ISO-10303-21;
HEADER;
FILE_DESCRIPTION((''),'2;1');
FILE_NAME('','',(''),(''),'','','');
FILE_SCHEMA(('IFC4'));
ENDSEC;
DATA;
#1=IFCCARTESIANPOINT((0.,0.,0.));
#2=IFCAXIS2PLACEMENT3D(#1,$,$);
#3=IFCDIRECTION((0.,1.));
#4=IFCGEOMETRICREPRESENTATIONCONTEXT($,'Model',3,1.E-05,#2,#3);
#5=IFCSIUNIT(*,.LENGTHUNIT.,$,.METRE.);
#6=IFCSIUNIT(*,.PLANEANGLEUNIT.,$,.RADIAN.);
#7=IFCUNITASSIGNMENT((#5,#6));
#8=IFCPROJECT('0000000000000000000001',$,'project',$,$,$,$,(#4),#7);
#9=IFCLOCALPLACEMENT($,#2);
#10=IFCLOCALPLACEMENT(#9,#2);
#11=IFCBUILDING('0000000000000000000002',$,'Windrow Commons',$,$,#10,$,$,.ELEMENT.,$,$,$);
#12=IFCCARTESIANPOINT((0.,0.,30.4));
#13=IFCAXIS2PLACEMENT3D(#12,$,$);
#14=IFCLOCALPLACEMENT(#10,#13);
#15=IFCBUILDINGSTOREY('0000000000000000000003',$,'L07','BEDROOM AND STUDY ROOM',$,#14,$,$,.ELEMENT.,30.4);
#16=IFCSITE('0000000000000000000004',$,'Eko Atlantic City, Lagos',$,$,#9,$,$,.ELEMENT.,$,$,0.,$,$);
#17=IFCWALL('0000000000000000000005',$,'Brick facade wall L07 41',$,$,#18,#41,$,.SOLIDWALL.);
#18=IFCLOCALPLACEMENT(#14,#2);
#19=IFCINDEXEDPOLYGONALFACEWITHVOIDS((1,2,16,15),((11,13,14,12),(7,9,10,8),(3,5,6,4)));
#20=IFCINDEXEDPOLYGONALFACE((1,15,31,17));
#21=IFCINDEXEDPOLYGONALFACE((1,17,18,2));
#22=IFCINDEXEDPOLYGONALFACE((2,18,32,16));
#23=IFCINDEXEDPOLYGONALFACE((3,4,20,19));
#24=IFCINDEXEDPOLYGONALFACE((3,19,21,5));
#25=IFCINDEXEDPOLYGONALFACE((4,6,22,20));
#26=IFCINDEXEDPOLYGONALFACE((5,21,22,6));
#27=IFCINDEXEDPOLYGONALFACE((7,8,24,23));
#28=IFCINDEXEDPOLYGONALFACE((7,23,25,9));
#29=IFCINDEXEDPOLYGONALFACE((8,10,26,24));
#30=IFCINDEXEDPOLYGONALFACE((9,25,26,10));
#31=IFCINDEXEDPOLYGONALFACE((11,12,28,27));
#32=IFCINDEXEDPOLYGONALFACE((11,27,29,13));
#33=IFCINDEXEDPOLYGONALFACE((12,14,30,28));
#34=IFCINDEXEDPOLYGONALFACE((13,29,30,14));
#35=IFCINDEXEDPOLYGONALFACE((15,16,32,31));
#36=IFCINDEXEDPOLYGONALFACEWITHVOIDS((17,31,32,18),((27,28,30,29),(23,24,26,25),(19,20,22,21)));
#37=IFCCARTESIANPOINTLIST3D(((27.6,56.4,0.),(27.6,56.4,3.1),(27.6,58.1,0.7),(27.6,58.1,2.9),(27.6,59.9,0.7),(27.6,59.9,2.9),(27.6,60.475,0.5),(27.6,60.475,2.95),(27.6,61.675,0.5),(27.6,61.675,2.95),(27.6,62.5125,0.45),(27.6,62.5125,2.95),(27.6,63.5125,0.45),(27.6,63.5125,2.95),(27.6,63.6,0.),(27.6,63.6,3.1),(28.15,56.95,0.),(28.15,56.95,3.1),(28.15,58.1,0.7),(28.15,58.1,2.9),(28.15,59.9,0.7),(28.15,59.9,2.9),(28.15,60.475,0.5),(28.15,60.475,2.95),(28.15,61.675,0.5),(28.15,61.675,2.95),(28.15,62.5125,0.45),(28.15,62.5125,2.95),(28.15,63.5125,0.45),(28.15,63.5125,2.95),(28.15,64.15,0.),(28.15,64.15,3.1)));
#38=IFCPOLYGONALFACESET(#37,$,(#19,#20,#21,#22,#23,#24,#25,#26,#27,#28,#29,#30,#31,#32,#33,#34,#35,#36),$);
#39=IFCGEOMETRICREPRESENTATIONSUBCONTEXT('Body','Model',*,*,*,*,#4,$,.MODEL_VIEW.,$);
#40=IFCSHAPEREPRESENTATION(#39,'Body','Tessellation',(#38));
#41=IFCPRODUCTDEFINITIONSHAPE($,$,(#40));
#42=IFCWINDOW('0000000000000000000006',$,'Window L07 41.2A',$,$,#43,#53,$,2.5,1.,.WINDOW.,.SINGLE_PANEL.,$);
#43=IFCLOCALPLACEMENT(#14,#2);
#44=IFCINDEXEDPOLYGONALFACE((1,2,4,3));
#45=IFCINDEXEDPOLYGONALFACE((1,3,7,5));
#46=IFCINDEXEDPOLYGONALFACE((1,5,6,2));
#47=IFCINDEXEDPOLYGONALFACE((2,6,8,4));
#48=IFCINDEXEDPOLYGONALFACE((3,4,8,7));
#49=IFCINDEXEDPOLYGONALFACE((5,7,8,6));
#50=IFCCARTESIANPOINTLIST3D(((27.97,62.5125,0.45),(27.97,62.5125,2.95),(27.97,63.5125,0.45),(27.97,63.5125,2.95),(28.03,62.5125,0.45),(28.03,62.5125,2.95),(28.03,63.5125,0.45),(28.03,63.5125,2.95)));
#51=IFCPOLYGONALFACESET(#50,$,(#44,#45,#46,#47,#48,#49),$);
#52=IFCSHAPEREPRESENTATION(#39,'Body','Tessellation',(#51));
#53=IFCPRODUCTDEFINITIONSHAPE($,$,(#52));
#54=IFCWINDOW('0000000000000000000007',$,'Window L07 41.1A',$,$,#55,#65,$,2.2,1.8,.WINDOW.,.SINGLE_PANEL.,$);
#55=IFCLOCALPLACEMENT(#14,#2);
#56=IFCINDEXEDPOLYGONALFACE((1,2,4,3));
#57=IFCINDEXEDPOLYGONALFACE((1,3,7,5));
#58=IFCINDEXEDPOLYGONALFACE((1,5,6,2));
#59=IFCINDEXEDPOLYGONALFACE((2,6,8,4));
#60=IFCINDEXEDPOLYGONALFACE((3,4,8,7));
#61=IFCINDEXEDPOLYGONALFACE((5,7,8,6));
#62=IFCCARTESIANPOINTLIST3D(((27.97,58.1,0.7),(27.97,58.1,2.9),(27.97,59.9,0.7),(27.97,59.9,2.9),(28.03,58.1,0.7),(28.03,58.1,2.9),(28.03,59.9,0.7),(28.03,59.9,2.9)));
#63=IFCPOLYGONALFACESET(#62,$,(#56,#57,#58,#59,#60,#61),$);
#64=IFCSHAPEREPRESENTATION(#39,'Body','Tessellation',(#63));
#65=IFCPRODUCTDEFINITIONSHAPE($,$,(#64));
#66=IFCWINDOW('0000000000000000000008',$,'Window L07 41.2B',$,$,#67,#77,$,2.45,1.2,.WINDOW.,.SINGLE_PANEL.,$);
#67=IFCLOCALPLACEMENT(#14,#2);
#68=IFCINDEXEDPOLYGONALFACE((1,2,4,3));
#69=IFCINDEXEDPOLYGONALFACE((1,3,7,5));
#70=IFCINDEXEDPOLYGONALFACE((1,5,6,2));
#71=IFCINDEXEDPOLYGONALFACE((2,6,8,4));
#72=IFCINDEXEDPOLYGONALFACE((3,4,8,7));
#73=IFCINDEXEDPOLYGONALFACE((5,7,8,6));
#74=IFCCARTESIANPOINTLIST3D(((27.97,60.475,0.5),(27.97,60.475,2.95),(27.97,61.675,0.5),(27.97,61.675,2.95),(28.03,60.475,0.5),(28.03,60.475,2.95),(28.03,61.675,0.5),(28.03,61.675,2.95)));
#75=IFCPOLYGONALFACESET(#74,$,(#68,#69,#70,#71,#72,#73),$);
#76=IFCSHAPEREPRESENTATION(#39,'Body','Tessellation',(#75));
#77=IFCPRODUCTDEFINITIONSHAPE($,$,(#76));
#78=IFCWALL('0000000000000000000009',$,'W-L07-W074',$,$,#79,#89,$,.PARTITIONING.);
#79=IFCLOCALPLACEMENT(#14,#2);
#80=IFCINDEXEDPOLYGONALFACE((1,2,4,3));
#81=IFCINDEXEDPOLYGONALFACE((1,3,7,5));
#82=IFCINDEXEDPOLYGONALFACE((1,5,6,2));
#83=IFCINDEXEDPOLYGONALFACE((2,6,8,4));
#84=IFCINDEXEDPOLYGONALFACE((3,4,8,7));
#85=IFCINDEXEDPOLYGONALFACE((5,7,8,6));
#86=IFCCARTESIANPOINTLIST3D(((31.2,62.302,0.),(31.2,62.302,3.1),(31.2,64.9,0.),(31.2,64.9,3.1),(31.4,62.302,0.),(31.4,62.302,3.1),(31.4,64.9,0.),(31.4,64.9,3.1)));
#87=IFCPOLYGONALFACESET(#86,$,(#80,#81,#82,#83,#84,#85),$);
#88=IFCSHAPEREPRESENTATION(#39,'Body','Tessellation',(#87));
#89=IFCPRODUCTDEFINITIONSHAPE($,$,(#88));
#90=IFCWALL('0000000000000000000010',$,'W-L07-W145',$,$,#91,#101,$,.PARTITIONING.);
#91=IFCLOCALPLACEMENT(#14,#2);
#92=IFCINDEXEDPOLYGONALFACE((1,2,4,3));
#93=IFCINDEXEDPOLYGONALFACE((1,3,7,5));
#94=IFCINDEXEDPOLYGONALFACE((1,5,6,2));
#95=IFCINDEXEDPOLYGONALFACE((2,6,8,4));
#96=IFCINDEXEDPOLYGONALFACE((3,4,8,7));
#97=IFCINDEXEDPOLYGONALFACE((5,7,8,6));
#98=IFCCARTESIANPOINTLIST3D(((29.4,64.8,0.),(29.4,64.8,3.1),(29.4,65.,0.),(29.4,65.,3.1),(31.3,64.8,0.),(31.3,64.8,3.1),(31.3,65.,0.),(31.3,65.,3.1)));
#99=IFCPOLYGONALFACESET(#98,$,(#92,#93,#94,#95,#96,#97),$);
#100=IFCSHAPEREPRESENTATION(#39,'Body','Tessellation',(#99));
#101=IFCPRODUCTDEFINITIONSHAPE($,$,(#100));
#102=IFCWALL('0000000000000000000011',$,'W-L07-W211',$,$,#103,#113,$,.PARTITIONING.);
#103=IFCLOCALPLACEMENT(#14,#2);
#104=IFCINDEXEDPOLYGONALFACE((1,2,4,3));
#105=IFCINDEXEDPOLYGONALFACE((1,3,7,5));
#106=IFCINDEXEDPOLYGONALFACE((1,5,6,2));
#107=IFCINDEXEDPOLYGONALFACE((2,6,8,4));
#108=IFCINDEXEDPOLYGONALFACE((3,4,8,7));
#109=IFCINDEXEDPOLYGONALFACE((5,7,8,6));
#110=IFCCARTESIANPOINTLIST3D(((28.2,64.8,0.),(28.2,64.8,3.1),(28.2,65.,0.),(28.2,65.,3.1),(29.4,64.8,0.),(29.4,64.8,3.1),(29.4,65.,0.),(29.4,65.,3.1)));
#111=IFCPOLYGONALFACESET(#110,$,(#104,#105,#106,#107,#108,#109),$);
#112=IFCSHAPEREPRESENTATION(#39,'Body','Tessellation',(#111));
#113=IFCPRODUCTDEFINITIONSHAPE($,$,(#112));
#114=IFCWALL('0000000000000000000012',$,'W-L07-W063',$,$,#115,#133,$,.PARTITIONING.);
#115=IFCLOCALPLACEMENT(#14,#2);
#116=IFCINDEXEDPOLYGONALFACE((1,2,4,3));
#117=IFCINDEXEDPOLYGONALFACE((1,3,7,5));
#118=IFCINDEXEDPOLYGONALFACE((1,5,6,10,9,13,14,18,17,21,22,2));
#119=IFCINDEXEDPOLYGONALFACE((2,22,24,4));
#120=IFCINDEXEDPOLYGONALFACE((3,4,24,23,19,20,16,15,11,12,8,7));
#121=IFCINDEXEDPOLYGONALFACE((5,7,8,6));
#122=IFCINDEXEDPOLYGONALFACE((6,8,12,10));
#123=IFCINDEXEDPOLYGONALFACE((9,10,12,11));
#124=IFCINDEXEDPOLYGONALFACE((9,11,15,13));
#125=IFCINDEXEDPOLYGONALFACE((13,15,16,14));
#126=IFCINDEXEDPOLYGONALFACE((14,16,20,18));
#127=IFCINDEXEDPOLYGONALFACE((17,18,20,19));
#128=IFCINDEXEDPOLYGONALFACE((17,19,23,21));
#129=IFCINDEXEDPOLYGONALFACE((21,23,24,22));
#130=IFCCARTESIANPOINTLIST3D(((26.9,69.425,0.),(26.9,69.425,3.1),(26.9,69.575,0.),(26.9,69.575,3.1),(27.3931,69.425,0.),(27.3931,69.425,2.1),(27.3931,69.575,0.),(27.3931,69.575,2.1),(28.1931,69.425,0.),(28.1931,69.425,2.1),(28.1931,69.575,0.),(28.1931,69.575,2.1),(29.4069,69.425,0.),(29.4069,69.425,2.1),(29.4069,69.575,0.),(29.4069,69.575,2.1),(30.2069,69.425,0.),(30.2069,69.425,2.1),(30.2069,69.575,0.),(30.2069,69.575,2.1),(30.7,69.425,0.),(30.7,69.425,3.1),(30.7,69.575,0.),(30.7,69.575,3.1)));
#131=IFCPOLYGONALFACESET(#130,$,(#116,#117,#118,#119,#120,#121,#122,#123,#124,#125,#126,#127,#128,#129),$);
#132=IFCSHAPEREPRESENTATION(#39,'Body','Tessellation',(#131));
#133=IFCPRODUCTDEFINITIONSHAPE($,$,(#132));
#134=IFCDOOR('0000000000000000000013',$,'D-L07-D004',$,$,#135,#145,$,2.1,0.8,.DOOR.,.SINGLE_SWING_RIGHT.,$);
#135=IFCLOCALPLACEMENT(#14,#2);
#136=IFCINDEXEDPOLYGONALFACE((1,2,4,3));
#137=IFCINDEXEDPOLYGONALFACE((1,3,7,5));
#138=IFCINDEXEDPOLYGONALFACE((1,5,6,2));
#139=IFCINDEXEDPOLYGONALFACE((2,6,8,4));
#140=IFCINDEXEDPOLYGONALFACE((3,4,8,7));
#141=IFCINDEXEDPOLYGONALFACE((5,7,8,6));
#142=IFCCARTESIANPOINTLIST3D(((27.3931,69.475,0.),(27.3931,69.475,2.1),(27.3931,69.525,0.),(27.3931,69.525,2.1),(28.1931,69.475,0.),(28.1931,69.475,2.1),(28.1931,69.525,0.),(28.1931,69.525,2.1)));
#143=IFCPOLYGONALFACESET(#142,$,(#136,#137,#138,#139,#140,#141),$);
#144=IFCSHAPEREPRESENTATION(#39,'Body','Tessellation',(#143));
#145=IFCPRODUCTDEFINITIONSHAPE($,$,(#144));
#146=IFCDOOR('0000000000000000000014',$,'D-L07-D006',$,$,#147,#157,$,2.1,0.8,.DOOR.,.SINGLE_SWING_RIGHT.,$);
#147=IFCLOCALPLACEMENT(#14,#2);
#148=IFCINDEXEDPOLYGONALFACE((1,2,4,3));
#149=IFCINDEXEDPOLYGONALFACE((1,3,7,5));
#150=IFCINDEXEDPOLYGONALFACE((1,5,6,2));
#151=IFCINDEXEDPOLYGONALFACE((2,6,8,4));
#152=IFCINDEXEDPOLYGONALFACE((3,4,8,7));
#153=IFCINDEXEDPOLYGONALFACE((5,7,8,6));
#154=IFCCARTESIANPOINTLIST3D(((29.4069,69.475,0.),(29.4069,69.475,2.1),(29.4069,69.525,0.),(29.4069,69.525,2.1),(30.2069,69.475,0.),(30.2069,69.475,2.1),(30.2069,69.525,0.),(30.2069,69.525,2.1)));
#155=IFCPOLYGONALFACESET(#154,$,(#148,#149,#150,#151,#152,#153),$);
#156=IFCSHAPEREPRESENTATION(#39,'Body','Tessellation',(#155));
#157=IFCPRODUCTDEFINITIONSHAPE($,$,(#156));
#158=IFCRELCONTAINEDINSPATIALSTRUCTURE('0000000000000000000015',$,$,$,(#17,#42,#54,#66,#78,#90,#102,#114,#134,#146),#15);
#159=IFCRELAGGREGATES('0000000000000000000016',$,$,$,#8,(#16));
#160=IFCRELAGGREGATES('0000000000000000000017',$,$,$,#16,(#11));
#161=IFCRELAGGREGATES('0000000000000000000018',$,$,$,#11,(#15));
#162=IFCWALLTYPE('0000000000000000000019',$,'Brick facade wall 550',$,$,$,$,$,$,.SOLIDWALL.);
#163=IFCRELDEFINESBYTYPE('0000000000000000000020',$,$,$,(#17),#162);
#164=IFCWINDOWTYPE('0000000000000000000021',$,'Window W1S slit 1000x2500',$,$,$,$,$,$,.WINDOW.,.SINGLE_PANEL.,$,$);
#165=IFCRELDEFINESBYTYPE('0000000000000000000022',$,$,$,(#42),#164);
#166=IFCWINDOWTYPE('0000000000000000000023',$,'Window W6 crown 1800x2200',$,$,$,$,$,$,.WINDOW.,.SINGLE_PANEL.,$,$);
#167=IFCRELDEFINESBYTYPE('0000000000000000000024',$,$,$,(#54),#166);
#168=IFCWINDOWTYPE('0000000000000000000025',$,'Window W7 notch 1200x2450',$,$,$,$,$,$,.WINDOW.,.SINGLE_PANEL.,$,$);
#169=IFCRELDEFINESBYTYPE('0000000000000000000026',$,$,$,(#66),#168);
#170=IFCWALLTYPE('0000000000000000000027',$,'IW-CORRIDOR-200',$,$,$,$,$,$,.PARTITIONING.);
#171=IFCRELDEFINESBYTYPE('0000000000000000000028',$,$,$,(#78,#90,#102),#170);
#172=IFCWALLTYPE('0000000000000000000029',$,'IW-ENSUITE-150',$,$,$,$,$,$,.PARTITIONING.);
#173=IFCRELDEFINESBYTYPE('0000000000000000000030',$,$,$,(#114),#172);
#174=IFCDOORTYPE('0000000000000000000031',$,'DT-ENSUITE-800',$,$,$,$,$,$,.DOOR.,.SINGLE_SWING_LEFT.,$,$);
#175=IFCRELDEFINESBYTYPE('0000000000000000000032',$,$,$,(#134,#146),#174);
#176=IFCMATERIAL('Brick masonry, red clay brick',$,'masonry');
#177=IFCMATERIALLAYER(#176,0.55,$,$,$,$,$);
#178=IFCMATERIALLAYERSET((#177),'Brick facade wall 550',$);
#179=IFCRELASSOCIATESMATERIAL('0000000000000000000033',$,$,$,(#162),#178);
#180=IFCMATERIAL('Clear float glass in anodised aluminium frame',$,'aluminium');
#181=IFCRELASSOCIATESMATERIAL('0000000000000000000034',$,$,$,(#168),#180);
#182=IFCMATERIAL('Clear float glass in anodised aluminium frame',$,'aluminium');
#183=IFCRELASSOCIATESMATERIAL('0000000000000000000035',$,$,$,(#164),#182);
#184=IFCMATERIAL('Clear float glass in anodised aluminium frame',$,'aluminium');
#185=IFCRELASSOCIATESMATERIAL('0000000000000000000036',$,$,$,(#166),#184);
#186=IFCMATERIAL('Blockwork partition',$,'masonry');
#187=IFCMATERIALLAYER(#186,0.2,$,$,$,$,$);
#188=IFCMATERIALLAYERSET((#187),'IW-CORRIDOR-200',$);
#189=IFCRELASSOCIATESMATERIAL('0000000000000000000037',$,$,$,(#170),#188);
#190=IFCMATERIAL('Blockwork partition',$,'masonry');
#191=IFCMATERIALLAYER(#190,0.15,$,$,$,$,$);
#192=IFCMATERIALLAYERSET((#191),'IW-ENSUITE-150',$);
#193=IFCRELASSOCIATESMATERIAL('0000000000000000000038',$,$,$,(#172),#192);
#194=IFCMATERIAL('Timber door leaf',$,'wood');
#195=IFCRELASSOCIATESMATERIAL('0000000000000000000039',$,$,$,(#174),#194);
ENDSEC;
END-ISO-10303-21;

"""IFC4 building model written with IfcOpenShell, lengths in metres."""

from ifc_helpers import new_model, si_unit, direction, frame, frame_2d, origin, place, context, subcontext, project, spatial, polyline, rectangle, outline, extrude, material, layer, layer_set, type_object, element, fill, save


model = new_model("IFC4")

# Units and contexts
model_context = context("Model", 3, precision=1e-05, world=origin(), true_north=direction((0.0, 1.0)))
body_context = subcontext(model_context, "Body", "Model", "MODEL_VIEW")
ifc_project = project(units=[si_unit("LENGTHUNIT", "METRE"), si_unit("PLANEANGLEUNIT", "RADIAN")], contexts=[model_context])

# Site, building, storey
site_placement = place(None, origin())
site = spatial("IfcSite", under=ifc_project, at=site_placement, Name="Eko Atlantic City, Lagos", CompositionType="ELEMENT", RefElevation=0.0)
building_placement = place(site_placement, origin())
building = spatial("IfcBuilding", under=site, at=building_placement, Name="Windrow Commons", CompositionType="ELEMENT")
storey_placement = place(building_placement, frame((0.0, 0.0, 30.4)))
storey = spatial("IfcBuildingStorey", under=building, at=storey_placement, Name="L07", Description="BEDROOM AND STUDY ROOM", CompositionType="ELEMENT", Elevation=30.4)

# Wall, openings, windows
ifc_material_1 = material(Name="Brick masonry, red clay brick", Category="masonry")
ifc_layer_1 = layer(ifc_material_1, 0.55)
ifc_layer_set_1 = layer_set([ifc_layer_1], Name="Brick facade wall 550")
wall_type_1 = type_object("IfcWallType", Name="Brick facade wall 550", PredefinedType="SOLIDWALL", material=ifc_layer_set_1)
ifc_material_2 = material(Name="Clear float glass in anodised aluminium frame", Category="aluminium")
window_type_1 = type_object("IfcWindowType", Name="Window W7 notch 1200x2450", PartitioningType="SINGLE_PANEL", PredefinedType="WINDOW", material=ifc_material_2)
wall_1_placement = place(storey_placement, frame((27.875, 63.875, 0.0), z_axis=(0.0, 0.0, 1.0), x_axis=(0.0, -1.0, 0.0)))
wall_1 = element("IfcWall", 1, at=wall_1_placement, inside=storey, type_object=wall_type_1, Name="Brick facade wall L07 41", PredefinedType="SOLIDWALL", context=body_context, shape_type="SweptSolid", body=[
    extrude(outline(polyline([(0.275, -0.275), (7.475, -0.275), (6.925, 0.275), (-0.275, 0.275), (0.275, -0.275)])), origin(), (0.0, 0.0, 1.0), 3.1),
])
opening_1_placement = place(wall_1_placement, frame((3.975, 0.0, 0.7)))
opening_1 = element("IfcOpeningElement", 2, at=opening_1_placement, cuts=wall_1, PredefinedType="OPENING", context=body_context, shape_type="SweptSolid", body=[
    extrude(rectangle(XDim=1.8, YDim=2.2, at=frame_2d((0.9, 1.1))), frame((0.0, 0.285, 0.0), z_axis=(0.0, -1.0, 0.0), x_axis=(1.0, 0.0, 0.0)), (0.0, 0.0, 1.0), 0.57),
])
opening_2_placement = place(wall_1_placement, frame((0.3625, 0.0, 0.45)))
opening_2 = element("IfcOpeningElement", 3, at=opening_2_placement, cuts=wall_1, PredefinedType="OPENING", context=body_context, shape_type="SweptSolid", body=[
    extrude(rectangle(XDim=1.0, YDim=2.5, at=frame_2d((0.5, 1.25))), frame((0.0, 0.285, 0.0), z_axis=(0.0, -1.0, 0.0), x_axis=(1.0, 0.0, 0.0)), (0.0, 0.0, 1.0), 0.57),
])
opening_3_placement = place(wall_1_placement, frame((2.2, 0.0, 0.5)))
opening_3 = element("IfcOpeningElement", 4, at=opening_3_placement, cuts=wall_1, PredefinedType="OPENING", context=body_context, shape_type="SweptSolid", body=[
    extrude(rectangle(XDim=1.2, YDim=2.45, at=frame_2d((0.6, 1.225))), frame((0.0, 0.285, 0.0), z_axis=(0.0, -1.0, 0.0), x_axis=(1.0, 0.0, 0.0)), (0.0, 0.0, 1.0), 0.57),
])
ifc_material_3 = material(Name="Clear float glass in anodised aluminium frame", Category="aluminium")
window_type_2 = type_object("IfcWindowType", Name="Window W1S slit 1000x2500", PartitioningType="SINGLE_PANEL", PredefinedType="WINDOW", material=ifc_material_3)
window_1_placement = place(opening_2_placement, origin())
window_1 = element("IfcWindow", 5, at=window_1_placement, inside=storey, type_object=window_type_2, Name="Window L07 41.2A", OverallHeight=2.5, OverallWidth=1.0, PartitioningType="SINGLE_PANEL", PredefinedType="WINDOW", context=body_context, shape_type="SweptSolid", body=[
    extrude(rectangle(XDim=1.0, YDim=2.5, at=frame_2d((0.5, 1.25))), frame((0.0, 0.155, 0.0), z_axis=(0.0, -1.0, 0.0), x_axis=(1.0, 0.0, 0.0)), (0.0, 0.0, 1.0), 0.06),
])
fill(opening_2, window_1)
ifc_material_4 = material(Name="Clear float glass in anodised aluminium frame", Category="aluminium")
window_type_3 = type_object("IfcWindowType", Name="Window W6 crown 1800x2200", PartitioningType="SINGLE_PANEL", PredefinedType="WINDOW", material=ifc_material_4)
window_2_placement = place(opening_1_placement, origin())
window_2 = element("IfcWindow", 6, at=window_2_placement, inside=storey, type_object=window_type_3, Name="Window L07 41.1A", OverallHeight=2.2, OverallWidth=1.8, PartitioningType="SINGLE_PANEL", PredefinedType="WINDOW", context=body_context, shape_type="SweptSolid", body=[
    extrude(rectangle(XDim=1.8, YDim=2.2, at=frame_2d((0.9, 1.1))), frame((0.0, 0.155, 0.0), z_axis=(0.0, -1.0, 0.0), x_axis=(1.0, 0.0, 0.0)), (0.0, 0.0, 1.0), 0.06),
])
fill(opening_1, window_2)
window_3_placement = place(opening_3_placement, origin())
window_3 = element("IfcWindow", 7, at=window_3_placement, inside=storey, type_object=window_type_1, Name="Window L07 41.2B", OverallHeight=2.45, OverallWidth=1.2, PartitioningType="SINGLE_PANEL", PredefinedType="WINDOW", context=body_context, shape_type="SweptSolid", body=[
    extrude(rectangle(XDim=1.2, YDim=2.45, at=frame_2d((0.6, 1.225))), frame((0.0, 0.155, 0.0), z_axis=(0.0, -1.0, 0.0), x_axis=(1.0, 0.0, 0.0)), (0.0, 0.0, 1.0), 0.06),
])
fill(opening_3, window_3)

# Walls
ifc_material_5 = material(Name="Blockwork partition", Category="masonry")
ifc_layer_2 = layer(ifc_material_5, 0.2)
ifc_layer_set_2 = layer_set([ifc_layer_2], Name="IW-CORRIDOR-200")
wall_type_2 = type_object("IfcWallType", Name="IW-CORRIDOR-200", PredefinedType="PARTITIONING", material=ifc_layer_set_2)
wall_2_placement = place(storey_placement, frame((31.3, 62.302, 0.0), z_axis=(0.0, 0.0, 1.0), x_axis=(0.0, 1.0, 0.0)))
element("IfcWall", 8, at=wall_2_placement, inside=storey, type_object=wall_type_2, Name="W-L07-W074", PredefinedType="PARTITIONING", context=body_context, shape_type="SweptSolid", body=[
    extrude(rectangle(XDim=2.598, YDim=0.2, at=frame_2d((1.299, 0.0))), origin(), (0.0, 0.0, 1.0), 3.1),
])
wall_3_placement = place(storey_placement, frame((29.4, 64.9, 0.0), z_axis=(0.0, 0.0, 1.0), x_axis=(1.0, 0.0, 0.0)))
element("IfcWall", 9, at=wall_3_placement, inside=storey, type_object=wall_type_2, Name="W-L07-W145", PredefinedType="PARTITIONING", context=body_context, shape_type="SweptSolid", body=[
    extrude(rectangle(XDim=1.9, YDim=0.2, at=frame_2d((0.95, 0.0))), origin(), (0.0, 0.0, 1.0), 3.1),
])
wall_4_placement = place(storey_placement, frame((28.2, 64.9, 0.0), z_axis=(0.0, 0.0, 1.0), x_axis=(1.0, 0.0, 0.0)))
element("IfcWall", 10, at=wall_4_placement, inside=storey, type_object=wall_type_2, Name="W-L07-W211", PredefinedType="PARTITIONING", context=body_context, shape_type="SweptSolid", body=[
    extrude(rectangle(XDim=1.2, YDim=0.2, at=frame_2d((0.6, 0.0))), origin(), (0.0, 0.0, 1.0), 3.1),
])

# Wall, openings, doors
ifc_material_6 = material(Name="Blockwork partition", Category="masonry")
ifc_layer_3 = layer(ifc_material_6, 0.15)
ifc_layer_set_3 = layer_set([ifc_layer_3], Name="IW-ENSUITE-150")
wall_type_3 = type_object("IfcWallType", Name="IW-ENSUITE-150", PredefinedType="PARTITIONING", material=ifc_layer_set_3)
wall_5_placement = place(storey_placement, frame((26.9, 69.5, 0.0), z_axis=(0.0, 0.0, 1.0), x_axis=(1.0, 0.0, 0.0)))
wall_5 = element("IfcWall", 11, at=wall_5_placement, inside=storey, type_object=wall_type_3, Name="W-L07-W063", PredefinedType="PARTITIONING", context=body_context, shape_type="SweptSolid", body=[
    extrude(rectangle(XDim=3.8, YDim=0.15, at=frame_2d((1.9, 0.0))), origin(), (0.0, 0.0, 1.0), 3.1),
])
opening_4_placement = place(wall_5_placement, frame((0.4931, 0.0, 0.0)))
opening_4 = element("IfcOpeningElement", 12, at=opening_4_placement, cuts=wall_5, PredefinedType="OPENING", context=body_context, shape_type="SweptSolid", body=[
    extrude(rectangle(XDim=0.8, YDim=2.1, at=frame_2d((0.4, 1.05))), frame((0.0, 0.085, 0.0), z_axis=(0.0, -1.0, 0.0), x_axis=(1.0, 0.0, 0.0)), (0.0, 0.0, 1.0), 0.17),
])
opening_5_placement = place(wall_5_placement, frame((2.5069, 0.0, 0.0)))
opening_5 = element("IfcOpeningElement", 13, at=opening_5_placement, cuts=wall_5, PredefinedType="OPENING", context=body_context, shape_type="SweptSolid", body=[
    extrude(rectangle(XDim=0.8, YDim=2.1, at=frame_2d((0.4, 1.05))), frame((0.0, 0.085, 0.0), z_axis=(0.0, -1.0, 0.0), x_axis=(1.0, 0.0, 0.0)), (0.0, 0.0, 1.0), 0.17),
])
ifc_material_7 = material(Name="Timber door leaf", Category="wood")
door_type = type_object("IfcDoorType", Name="DT-ENSUITE-800", OperationType="SINGLE_SWING_LEFT", PredefinedType="DOOR", material=ifc_material_7)
door_1_placement = place(opening_4_placement, origin())
door_1 = element("IfcDoor", 14, at=door_1_placement, inside=storey, type_object=door_type, Name="D-L07-D004", OperationType="SINGLE_SWING_RIGHT", OverallHeight=2.1, OverallWidth=0.8, PredefinedType="DOOR", context=body_context, shape_type="SweptSolid", body=[
    extrude(rectangle(XDim=0.8, YDim=2.1, at=frame_2d((0.4, 1.05))), frame((0.0, 0.025, 0.0), z_axis=(0.0, -1.0, 0.0), x_axis=(1.0, 0.0, 0.0)), (0.0, 0.0, 1.0), 0.05),
])
fill(opening_4, door_1)
door_2_placement = place(opening_5_placement, origin())
door_2 = element("IfcDoor", 15, at=door_2_placement, inside=storey, type_object=door_type, Name="D-L07-D006", OperationType="SINGLE_SWING_RIGHT", OverallHeight=2.1, OverallWidth=0.8, PredefinedType="DOOR", context=body_context, shape_type="SweptSolid", body=[
    extrude(rectangle(XDim=0.8, YDim=2.1, at=frame_2d((0.4, 1.05))), frame((0.0, 0.025, 0.0), z_axis=(0.0, -1.0, 0.0), x_axis=(1.0, 0.0, 0.0)), (0.0, 0.0, 1.0), 0.05),
])
fill(opening_5, door_2)

save(model, "model.ifc")
